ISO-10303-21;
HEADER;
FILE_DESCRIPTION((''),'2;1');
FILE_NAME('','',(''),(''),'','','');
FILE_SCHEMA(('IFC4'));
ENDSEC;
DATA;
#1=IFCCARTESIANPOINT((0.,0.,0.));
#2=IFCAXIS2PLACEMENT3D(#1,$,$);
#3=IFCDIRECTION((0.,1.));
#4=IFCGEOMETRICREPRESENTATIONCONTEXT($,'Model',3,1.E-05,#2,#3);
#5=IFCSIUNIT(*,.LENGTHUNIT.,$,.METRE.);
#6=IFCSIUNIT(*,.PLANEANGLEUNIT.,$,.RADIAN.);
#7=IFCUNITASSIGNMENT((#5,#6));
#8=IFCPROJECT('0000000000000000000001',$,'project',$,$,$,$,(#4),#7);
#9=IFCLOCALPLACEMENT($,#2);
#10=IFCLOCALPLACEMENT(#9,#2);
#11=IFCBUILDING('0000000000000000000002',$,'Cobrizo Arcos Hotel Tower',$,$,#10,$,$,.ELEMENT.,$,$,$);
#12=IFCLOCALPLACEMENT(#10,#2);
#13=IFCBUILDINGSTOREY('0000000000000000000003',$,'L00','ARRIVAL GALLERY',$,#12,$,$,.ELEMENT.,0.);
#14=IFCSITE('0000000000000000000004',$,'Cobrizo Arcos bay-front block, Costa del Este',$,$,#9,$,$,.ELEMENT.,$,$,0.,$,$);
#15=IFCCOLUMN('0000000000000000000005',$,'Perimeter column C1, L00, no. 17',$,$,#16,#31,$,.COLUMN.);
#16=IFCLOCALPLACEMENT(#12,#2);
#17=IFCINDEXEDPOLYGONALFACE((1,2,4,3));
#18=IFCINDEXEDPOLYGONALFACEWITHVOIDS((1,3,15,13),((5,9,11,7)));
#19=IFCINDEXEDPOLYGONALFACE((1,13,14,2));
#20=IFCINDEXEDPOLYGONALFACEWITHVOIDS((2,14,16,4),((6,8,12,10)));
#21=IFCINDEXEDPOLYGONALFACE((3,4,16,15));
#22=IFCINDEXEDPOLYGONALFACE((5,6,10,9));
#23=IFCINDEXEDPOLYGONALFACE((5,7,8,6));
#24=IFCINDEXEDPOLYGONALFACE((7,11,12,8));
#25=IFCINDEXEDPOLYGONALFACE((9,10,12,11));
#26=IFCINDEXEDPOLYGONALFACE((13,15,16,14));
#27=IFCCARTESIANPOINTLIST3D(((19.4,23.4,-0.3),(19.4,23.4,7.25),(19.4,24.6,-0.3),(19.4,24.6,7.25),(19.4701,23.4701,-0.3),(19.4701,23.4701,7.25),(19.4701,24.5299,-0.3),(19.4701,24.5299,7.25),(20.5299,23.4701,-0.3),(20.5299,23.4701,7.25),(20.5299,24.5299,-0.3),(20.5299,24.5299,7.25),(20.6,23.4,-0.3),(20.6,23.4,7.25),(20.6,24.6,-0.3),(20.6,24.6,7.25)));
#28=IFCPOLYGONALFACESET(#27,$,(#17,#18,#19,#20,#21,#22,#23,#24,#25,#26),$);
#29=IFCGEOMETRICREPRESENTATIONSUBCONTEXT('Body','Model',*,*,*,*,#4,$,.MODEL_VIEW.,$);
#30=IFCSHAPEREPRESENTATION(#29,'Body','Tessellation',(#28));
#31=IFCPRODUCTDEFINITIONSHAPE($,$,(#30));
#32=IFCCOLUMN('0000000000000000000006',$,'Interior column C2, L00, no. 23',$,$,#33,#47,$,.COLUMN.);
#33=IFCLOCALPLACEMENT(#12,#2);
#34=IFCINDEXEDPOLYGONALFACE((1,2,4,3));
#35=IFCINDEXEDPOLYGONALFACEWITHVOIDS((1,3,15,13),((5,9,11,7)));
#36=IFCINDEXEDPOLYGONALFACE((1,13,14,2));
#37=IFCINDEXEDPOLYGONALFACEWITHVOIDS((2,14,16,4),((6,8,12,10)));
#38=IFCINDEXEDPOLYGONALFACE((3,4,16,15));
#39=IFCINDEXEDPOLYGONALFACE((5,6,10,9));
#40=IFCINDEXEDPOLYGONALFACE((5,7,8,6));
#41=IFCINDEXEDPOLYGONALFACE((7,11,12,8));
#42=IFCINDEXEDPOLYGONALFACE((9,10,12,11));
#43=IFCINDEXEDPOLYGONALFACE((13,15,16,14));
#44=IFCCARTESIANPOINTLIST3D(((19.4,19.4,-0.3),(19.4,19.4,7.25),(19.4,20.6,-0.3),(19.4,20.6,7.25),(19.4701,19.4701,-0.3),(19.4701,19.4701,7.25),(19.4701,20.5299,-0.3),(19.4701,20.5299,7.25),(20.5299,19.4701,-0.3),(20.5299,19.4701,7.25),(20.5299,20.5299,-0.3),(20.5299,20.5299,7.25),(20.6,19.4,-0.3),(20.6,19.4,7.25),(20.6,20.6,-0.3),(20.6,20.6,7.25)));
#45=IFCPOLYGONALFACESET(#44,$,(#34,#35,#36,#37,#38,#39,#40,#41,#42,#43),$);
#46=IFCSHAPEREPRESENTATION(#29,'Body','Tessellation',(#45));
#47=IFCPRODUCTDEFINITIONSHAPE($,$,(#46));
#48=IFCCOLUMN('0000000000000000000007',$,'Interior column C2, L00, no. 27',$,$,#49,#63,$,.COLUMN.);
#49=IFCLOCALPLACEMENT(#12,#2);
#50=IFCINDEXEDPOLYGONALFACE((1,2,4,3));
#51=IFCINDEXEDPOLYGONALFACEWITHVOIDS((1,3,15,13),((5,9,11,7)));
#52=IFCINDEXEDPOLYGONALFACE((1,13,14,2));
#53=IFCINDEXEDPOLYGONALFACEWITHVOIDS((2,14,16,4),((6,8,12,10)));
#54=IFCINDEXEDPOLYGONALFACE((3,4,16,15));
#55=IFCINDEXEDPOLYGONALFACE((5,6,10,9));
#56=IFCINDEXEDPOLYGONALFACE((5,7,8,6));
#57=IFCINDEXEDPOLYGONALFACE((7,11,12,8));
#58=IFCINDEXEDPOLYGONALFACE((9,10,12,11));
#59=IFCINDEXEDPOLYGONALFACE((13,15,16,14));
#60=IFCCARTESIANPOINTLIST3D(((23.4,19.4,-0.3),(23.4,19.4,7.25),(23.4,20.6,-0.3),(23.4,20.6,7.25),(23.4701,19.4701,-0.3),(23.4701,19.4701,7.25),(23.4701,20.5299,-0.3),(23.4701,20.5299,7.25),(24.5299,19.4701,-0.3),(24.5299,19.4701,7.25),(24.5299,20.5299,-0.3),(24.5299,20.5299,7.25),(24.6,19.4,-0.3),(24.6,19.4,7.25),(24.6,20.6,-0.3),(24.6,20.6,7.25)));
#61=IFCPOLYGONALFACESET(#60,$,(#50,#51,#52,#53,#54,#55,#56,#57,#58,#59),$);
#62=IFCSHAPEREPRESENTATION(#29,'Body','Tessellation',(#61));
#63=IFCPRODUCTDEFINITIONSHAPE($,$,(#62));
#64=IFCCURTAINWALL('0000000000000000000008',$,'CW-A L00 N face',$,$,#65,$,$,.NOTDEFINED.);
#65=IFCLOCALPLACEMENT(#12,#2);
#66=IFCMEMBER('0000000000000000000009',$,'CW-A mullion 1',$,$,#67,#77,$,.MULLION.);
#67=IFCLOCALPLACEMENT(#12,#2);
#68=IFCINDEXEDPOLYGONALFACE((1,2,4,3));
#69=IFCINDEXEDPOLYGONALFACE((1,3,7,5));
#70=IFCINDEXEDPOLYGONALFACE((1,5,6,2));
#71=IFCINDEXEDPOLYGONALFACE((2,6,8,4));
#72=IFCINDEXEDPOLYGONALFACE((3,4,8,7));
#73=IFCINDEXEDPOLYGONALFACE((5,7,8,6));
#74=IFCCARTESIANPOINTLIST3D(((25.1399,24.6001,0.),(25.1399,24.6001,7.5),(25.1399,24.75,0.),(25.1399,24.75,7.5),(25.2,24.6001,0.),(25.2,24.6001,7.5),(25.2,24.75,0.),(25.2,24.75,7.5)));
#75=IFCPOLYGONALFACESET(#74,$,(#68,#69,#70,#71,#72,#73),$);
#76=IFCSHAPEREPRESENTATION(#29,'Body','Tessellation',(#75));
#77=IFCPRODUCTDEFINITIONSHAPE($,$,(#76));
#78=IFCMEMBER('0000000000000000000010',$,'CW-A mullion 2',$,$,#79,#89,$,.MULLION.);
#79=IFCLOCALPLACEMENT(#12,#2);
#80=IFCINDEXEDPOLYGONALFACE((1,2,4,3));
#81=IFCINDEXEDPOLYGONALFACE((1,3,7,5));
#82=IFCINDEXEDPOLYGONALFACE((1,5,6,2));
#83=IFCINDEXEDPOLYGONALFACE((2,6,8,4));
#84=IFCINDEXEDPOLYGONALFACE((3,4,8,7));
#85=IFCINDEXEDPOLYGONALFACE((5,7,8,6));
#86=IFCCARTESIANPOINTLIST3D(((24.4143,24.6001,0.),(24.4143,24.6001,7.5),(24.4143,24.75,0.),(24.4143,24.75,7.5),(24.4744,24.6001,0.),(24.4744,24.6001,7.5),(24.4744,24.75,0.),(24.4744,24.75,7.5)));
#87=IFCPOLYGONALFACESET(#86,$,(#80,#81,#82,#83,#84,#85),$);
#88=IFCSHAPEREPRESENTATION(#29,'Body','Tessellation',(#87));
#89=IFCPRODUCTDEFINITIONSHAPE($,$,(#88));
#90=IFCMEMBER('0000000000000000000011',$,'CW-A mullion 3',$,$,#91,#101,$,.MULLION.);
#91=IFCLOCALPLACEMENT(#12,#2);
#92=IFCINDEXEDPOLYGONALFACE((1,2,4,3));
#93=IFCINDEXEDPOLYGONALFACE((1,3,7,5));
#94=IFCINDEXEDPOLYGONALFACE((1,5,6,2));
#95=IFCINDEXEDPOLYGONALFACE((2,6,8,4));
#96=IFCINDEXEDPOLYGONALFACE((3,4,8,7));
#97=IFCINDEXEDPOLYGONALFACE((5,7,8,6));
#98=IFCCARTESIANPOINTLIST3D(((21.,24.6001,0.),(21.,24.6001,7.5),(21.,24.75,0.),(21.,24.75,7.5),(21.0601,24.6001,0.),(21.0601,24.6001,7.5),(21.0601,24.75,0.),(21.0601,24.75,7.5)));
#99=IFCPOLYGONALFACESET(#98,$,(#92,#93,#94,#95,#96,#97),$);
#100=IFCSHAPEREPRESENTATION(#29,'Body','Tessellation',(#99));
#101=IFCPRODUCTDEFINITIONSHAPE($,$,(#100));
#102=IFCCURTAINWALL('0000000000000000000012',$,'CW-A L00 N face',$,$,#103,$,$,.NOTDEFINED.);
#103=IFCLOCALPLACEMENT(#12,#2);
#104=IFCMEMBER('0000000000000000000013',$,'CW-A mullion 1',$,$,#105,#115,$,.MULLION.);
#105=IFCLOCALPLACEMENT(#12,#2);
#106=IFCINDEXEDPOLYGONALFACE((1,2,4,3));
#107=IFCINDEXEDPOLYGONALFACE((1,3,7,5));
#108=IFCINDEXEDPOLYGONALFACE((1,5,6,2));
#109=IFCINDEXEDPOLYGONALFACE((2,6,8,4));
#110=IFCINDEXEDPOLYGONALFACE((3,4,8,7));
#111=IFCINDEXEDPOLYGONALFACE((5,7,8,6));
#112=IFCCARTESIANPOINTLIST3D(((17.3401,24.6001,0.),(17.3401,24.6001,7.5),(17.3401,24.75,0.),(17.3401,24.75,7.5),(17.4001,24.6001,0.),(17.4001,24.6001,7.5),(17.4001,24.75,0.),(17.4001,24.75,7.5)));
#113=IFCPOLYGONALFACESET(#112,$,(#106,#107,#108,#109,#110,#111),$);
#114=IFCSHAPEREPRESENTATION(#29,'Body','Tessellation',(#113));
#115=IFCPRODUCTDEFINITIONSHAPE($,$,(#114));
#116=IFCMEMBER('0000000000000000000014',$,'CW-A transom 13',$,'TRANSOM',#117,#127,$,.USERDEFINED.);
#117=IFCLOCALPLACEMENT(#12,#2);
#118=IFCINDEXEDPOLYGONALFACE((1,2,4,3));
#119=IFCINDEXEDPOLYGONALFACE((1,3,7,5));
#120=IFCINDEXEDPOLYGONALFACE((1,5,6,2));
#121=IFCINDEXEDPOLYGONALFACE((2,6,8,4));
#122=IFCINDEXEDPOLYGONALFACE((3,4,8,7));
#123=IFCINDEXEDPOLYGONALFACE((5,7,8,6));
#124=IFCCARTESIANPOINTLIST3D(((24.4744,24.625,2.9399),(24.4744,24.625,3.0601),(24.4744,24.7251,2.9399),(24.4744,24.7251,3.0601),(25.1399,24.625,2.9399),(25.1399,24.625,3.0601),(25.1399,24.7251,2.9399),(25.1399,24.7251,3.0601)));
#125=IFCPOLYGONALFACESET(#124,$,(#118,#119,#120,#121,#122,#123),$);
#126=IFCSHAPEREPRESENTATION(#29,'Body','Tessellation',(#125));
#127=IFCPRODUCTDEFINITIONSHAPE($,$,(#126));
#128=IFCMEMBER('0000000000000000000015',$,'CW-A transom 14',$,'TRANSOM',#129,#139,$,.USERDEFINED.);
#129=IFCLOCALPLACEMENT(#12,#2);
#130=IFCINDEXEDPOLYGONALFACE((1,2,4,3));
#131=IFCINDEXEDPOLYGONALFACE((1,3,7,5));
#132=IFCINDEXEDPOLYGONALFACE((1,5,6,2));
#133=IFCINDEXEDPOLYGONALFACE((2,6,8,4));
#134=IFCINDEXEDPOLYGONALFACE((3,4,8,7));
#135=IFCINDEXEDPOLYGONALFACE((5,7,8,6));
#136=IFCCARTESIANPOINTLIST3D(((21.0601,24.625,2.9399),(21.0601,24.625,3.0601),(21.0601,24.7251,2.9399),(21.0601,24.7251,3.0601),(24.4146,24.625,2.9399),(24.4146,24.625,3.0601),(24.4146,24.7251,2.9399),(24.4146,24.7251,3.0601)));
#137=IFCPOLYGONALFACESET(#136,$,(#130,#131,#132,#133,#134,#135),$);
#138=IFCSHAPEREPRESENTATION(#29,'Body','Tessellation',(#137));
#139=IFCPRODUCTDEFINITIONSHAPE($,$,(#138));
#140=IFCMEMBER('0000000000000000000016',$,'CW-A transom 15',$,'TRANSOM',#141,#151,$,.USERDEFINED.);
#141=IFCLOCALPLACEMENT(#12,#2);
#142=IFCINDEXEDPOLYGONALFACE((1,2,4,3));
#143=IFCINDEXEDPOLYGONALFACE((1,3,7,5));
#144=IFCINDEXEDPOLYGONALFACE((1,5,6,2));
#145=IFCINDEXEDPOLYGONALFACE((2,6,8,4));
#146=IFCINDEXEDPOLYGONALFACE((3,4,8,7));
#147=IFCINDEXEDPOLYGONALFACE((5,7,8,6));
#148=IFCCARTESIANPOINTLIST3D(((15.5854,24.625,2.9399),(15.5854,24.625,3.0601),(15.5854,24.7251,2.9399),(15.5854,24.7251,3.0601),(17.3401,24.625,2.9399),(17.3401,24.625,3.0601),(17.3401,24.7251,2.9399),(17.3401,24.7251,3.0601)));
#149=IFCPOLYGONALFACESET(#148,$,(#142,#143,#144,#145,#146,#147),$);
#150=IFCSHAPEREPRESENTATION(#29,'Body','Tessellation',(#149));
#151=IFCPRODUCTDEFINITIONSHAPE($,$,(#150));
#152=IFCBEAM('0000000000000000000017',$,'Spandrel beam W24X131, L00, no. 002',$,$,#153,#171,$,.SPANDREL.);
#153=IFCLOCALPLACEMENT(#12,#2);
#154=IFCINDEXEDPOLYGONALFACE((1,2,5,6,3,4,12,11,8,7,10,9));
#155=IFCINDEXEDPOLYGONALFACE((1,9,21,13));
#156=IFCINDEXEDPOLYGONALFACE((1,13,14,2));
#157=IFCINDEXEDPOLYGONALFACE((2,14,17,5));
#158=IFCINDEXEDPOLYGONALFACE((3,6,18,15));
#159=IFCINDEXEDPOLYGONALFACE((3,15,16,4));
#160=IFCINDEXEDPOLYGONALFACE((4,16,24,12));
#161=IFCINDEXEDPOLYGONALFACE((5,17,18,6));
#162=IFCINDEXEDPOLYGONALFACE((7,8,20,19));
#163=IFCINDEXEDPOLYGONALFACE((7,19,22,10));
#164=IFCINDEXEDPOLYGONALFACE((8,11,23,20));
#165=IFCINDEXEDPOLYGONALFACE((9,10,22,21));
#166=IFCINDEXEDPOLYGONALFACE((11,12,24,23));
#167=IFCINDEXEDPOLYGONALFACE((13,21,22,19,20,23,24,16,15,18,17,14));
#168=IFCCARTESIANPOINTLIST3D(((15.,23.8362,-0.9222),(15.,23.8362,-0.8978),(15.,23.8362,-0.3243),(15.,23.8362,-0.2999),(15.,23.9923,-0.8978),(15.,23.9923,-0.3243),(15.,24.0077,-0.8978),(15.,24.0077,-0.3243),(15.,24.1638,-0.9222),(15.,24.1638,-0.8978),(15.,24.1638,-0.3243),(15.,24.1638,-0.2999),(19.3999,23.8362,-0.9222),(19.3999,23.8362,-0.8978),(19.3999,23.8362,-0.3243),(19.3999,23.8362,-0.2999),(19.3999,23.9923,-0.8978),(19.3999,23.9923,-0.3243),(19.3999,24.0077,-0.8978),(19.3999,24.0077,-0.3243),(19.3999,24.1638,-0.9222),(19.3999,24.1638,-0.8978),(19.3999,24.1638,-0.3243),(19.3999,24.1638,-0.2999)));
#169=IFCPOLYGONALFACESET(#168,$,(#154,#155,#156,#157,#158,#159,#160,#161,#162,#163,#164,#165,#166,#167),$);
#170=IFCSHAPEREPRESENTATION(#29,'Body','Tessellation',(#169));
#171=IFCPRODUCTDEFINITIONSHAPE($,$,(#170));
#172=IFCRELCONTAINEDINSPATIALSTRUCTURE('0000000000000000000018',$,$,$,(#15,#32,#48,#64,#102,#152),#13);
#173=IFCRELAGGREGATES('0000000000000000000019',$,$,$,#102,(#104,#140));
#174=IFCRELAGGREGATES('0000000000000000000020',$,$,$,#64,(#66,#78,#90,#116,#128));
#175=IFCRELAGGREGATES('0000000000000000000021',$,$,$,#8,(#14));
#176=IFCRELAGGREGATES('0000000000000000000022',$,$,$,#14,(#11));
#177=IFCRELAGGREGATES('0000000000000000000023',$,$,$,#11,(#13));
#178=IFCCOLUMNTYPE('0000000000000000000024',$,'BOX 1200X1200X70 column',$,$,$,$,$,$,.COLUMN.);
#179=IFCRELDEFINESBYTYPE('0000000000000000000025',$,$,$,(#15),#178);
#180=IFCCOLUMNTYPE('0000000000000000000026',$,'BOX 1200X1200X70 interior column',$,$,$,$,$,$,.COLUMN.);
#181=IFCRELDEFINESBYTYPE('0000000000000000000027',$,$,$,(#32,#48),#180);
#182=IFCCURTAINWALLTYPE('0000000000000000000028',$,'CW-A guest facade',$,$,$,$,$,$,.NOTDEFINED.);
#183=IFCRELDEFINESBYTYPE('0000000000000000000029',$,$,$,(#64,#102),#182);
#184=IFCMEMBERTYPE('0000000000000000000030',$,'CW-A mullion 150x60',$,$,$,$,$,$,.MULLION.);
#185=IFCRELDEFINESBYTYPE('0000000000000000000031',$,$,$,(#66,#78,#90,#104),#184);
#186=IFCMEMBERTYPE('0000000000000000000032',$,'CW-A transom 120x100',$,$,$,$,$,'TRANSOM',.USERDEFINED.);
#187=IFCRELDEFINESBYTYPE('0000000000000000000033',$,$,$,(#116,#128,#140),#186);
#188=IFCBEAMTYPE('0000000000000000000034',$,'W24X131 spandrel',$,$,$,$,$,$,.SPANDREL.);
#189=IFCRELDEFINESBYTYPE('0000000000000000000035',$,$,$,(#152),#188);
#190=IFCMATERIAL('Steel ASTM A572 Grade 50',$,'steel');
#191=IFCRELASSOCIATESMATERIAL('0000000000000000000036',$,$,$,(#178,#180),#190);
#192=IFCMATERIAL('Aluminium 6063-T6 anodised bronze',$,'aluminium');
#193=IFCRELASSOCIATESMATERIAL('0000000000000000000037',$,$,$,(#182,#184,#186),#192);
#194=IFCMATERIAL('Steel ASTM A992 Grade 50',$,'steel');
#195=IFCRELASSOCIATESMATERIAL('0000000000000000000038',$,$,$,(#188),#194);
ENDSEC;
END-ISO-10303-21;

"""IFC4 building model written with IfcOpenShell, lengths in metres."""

from ifc_helpers import new_model, si_unit, direction, frame, origin, origin_2d, place, context, subcontext, project, spatial, rectangle, hollow_rectangle, i_section, extrude, material, material_profile, profile_set, type_object, element, aggregate, save


model = new_model("IFC4")

# Units and contexts
model_context = context("Model", 3, precision=1e-05, world=origin(), true_north=direction((0.0, 1.0)))
body_context = subcontext(model_context, "Body", "Model", "MODEL_VIEW")
ifc_project = project(units=[si_unit("LENGTHUNIT", "METRE"), si_unit("PLANEANGLEUNIT", "RADIAN")], contexts=[model_context])

# Site, building, storey
site_placement = place(None, origin())
site = spatial("IfcSite", under=ifc_project, at=site_placement, Name="Cobrizo Arcos bay-front block, Costa del Este", CompositionType="ELEMENT", RefElevation=0.0)
building_placement = place(site_placement, origin())
building = spatial("IfcBuilding", under=site, at=building_placement, Name="Cobrizo Arcos Hotel Tower", CompositionType="ELEMENT")
storey_placement = place(building_placement, origin())
storey = spatial("IfcBuildingStorey", under=building, at=storey_placement, Name="L00", Description="ARRIVAL GALLERY", CompositionType="ELEMENT", Elevation=0.0)

# Columns
ifc_material_1 = material(Name="Steel ASTM A572 Grade 50", Category="steel")
ifc_material_profile_1 = material_profile(ifc_material_1, hollow_rectangle(XDim=1.2, YDim=1.2, WallThickness=0.0701, at=origin_2d()), Name="BOX 1200X1200X70")
ifc_profile_set_1 = profile_set([ifc_material_profile_1], Name="Steel ASTM A572 Grade 50")
column_type_1 = type_object("IfcColumnType", Name="BOX 1200X1200X70 column", PredefinedType="COLUMN", material=ifc_profile_set_1)
column_placement = place(storey_placement, frame((20.0, 24.0, -0.3), z_axis=(0.0, 0.0, 1.0), x_axis=(1.0, 0.0, 0.0)))
element("IfcColumn", 1, at=column_placement, inside=storey, type_object=column_type_1, Name="Perimeter column C1, L00, no. 17", PredefinedType="COLUMN", context=body_context, shape_type="SweptSolid", body=[
    extrude(hollow_rectangle(XDim=1.2, YDim=1.2, WallThickness=0.0701, at=origin_2d()), origin(), (0.0, 0.0, 1.0), 7.55),
])
ifc_material_profile_2 = material_profile(ifc_material_1, hollow_rectangle(XDim=1.2, YDim=1.2, WallThickness=0.0701, at=origin_2d()), Name="BOX 1200X1200X70")
ifc_profile_set_2 = profile_set([ifc_material_profile_2], Name="Steel ASTM A572 Grade 50")
column_type_2 = type_object("IfcColumnType", Name="BOX 1200X1200X70 interior column", PredefinedType="COLUMN", material=ifc_profile_set_2)
for number, where, z_axis, x_axis, name in (
    (2, (20.0, 20.0, -0.3), (0.0, 0.0, 1.0), (1.0, 0.0, 0.0), "Interior column C2, L00, no. 23"),
    (3, (24.0, 20.0, -0.3), (0.0, 0.0, 1.0), (1.0, 0.0, 0.0), "Interior column C2, L00, no. 27"),
):
    element("IfcColumn", number, at=place(storey_placement, frame(where, z_axis=z_axis, x_axis=x_axis)), inside=storey, type_object=column_type_2, Name=name, PredefinedType="COLUMN", context=body_context, shape_type="SweptSolid", body=[
        extrude(hollow_rectangle(XDim=1.2, YDim=1.2, WallThickness=0.0701, at=origin_2d()), origin(), (0.0, 0.0, 1.0), 7.55),
    ])

# Curtain wall, members
ifc_material_2 = material(Name="Aluminium 6063-T6 anodised bronze", Category="aluminium")
curtain_wall_type = type_object("IfcCurtainWallType", Name="CW-A guest facade", PredefinedType="NOTDEFINED", material=ifc_material_2)
curtain_wall_1_placement = place(storey_placement, origin())
curtain_wall_1 = element("IfcCurtainWall", 4, at=curtain_wall_1_placement, inside=storey, type_object=curtain_wall_type, Name="CW-A L00 N face", PredefinedType="NOTDEFINED")
ifc_material_profile_3 = material_profile(ifc_material_2, rectangle(XDim=0.1499, YDim=0.0601, at=origin_2d()), Name="CW-A mullion 150x60")
ifc_profile_set_3 = profile_set([ifc_material_profile_3], Name="Aluminium 6063-T6 anodised bronze")
member_type_1 = type_object("IfcMemberType", Name="CW-A mullion 150x60", PredefinedType="MULLION", material=ifc_profile_set_3)
member_1_placement = place(storey_placement, frame((25.1699, 24.675, 0.0), z_axis=(0.0, 0.0, 1.0), x_axis=(0.0, 1.0, 0.0)))
member_1 = element("IfcMember", 5, at=member_1_placement, type_object=member_type_1, Name="CW-A mullion 1", PredefinedType="MULLION", context=body_context, shape_type="SweptSolid", body=[
    extrude(rectangle(XDim=0.1499, YDim=0.0601, at=origin_2d()), origin(), (0.0, 0.0, 1.0), 7.5),
])
member_2_placement = place(storey_placement, frame((24.4443, 24.675, 0.0), z_axis=(0.0, 0.0, 1.0), x_axis=(0.0, 1.0, 0.0)))
member_2 = element("IfcMember", 6, at=member_2_placement, type_object=member_type_1, Name="CW-A mullion 2", PredefinedType="MULLION", context=body_context, shape_type="SweptSolid", body=[
    extrude(rectangle(XDim=0.1499, YDim=0.0601, at=origin_2d()), origin(), (0.0, 0.0, 1.0), 7.5),
])
member_3_placement = place(storey_placement, frame((21.03, 24.675, 0.0), z_axis=(0.0, 0.0, 1.0), x_axis=(0.0, 1.0, 0.0)))
member_3 = element("IfcMember", 7, at=member_3_placement, type_object=member_type_1, Name="CW-A mullion 3", PredefinedType="MULLION", context=body_context, shape_type="SweptSolid", body=[
    extrude(rectangle(XDim=0.1499, YDim=0.0601, at=origin_2d()), origin(), (0.0, 0.0, 1.0), 7.5),
])

# Curtain wall, member
curtain_wall_2_placement = place(storey_placement, origin())
curtain_wall_2 = element("IfcCurtainWall", 8, at=curtain_wall_2_placement, inside=storey, type_object=curtain_wall_type, Name="CW-A L00 N face", PredefinedType="NOTDEFINED")
member_4_placement = place(storey_placement, frame((17.3701, 24.675, 0.0), z_axis=(0.0, 0.0, 1.0), x_axis=(0.0, 1.0, 0.0)))
member_4 = element("IfcMember", 9, at=member_4_placement, type_object=member_type_1, Name="CW-A mullion 1", PredefinedType="MULLION", context=body_context, shape_type="SweptSolid", body=[
    extrude(rectangle(XDim=0.1499, YDim=0.0601, at=origin_2d()), origin(), (0.0, 0.0, 1.0), 7.5),
])

# Members
ifc_material_profile_4 = material_profile(ifc_material_2, rectangle(XDim=0.1001, YDim=0.1201, at=origin_2d()), Name="CW-A transom 120x100")
ifc_profile_set_4 = profile_set([ifc_material_profile_4], Name="Aluminium 6063-T6 anodised bronze")
member_type_2 = type_object("IfcMemberType", Name="CW-A transom 120x100", ElementType="TRANSOM", PredefinedType="USERDEFINED", material=ifc_profile_set_4)
member_5_placement = place(storey_placement, frame((25.1399, 24.675, 3.0), z_axis=(-1.0, 0.0, 0.0), x_axis=(0.0, -1.0, 0.0)))
member_5 = element("IfcMember", 10, at=member_5_placement, type_object=member_type_2, Name="CW-A transom 13", ObjectType="TRANSOM", PredefinedType="USERDEFINED", context=body_context, shape_type="SweptSolid", body=[
    extrude(rectangle(XDim=0.1001, YDim=0.1201, at=origin_2d()), origin(), (0.0, 0.0, 1.0), 0.6655),
])
member_6_placement = place(storey_placement, frame((24.4146, 24.675, 3.0), z_axis=(-1.0, 0.0, 0.0), x_axis=(0.0, -1.0, 0.0)))
member_6 = element("IfcMember", 11, at=member_6_placement, type_object=member_type_2, Name="CW-A transom 14", ObjectType="TRANSOM", PredefinedType="USERDEFINED", context=body_context, shape_type="SweptSolid", body=[
    extrude(rectangle(XDim=0.1001, YDim=0.1201, at=origin_2d()), origin(), (0.0, 0.0, 1.0), 3.3545),
])
member_7_placement = place(storey_placement, frame((17.3401, 24.675, 3.0), z_axis=(-1.0, 0.0, 0.0), x_axis=(0.0, -1.0, 0.0)))
member_7 = element("IfcMember", 12, at=member_7_placement, type_object=member_type_2, Name="CW-A transom 15", ObjectType="TRANSOM", PredefinedType="USERDEFINED", context=body_context, shape_type="SweptSolid", body=[
    extrude(rectangle(XDim=0.1001, YDim=0.1201, at=origin_2d()), origin(), (0.0, 0.0, 1.0), 1.7546),
])
aggregate(curtain_wall_2, [member_4, member_7])

# Beam
ifc_material_3 = material(Name="Steel ASTM A992 Grade 50", Category="steel")
ifc_material_profile_5 = material_profile(ifc_material_3, i_section(OverallWidth=0.3276, OverallDepth=0.6223, WebThickness=0.0154, FlangeThickness=0.0244, at=origin_2d()), Name="W24X131")
ifc_profile_set_5 = profile_set([ifc_material_profile_5], Name="Steel ASTM A992 Grade 50")
beam_type_1 = type_object("IfcBeamType", Name="W24X131 spandrel", PredefinedType="SPANDREL", material=ifc_profile_set_5)
beam_1_placement = place(storey_placement, frame((19.3999, 24.0, -0.6111), z_axis=(-1.0, 0.0, 0.0), x_axis=(0.0, -1.0, 0.0)))
element("IfcBeam", 13, at=beam_1_placement, inside=storey, type_object=beam_type_1, Name="Spandrel beam W24X131, L00, no. 002", PredefinedType="SPANDREL", context=body_context, shape_type="SweptSolid", body=[
    extrude(i_section(OverallWidth=0.3276, OverallDepth=0.6223, WebThickness=0.0154, FlangeThickness=0.0244, at=origin_2d()), origin(), (0.0, 0.0, 1.0), 4.3999),
])

aggregate(curtain_wall_1, [member_1, member_2, member_3, member_5, member_6])

save(model, "model.ifc")
